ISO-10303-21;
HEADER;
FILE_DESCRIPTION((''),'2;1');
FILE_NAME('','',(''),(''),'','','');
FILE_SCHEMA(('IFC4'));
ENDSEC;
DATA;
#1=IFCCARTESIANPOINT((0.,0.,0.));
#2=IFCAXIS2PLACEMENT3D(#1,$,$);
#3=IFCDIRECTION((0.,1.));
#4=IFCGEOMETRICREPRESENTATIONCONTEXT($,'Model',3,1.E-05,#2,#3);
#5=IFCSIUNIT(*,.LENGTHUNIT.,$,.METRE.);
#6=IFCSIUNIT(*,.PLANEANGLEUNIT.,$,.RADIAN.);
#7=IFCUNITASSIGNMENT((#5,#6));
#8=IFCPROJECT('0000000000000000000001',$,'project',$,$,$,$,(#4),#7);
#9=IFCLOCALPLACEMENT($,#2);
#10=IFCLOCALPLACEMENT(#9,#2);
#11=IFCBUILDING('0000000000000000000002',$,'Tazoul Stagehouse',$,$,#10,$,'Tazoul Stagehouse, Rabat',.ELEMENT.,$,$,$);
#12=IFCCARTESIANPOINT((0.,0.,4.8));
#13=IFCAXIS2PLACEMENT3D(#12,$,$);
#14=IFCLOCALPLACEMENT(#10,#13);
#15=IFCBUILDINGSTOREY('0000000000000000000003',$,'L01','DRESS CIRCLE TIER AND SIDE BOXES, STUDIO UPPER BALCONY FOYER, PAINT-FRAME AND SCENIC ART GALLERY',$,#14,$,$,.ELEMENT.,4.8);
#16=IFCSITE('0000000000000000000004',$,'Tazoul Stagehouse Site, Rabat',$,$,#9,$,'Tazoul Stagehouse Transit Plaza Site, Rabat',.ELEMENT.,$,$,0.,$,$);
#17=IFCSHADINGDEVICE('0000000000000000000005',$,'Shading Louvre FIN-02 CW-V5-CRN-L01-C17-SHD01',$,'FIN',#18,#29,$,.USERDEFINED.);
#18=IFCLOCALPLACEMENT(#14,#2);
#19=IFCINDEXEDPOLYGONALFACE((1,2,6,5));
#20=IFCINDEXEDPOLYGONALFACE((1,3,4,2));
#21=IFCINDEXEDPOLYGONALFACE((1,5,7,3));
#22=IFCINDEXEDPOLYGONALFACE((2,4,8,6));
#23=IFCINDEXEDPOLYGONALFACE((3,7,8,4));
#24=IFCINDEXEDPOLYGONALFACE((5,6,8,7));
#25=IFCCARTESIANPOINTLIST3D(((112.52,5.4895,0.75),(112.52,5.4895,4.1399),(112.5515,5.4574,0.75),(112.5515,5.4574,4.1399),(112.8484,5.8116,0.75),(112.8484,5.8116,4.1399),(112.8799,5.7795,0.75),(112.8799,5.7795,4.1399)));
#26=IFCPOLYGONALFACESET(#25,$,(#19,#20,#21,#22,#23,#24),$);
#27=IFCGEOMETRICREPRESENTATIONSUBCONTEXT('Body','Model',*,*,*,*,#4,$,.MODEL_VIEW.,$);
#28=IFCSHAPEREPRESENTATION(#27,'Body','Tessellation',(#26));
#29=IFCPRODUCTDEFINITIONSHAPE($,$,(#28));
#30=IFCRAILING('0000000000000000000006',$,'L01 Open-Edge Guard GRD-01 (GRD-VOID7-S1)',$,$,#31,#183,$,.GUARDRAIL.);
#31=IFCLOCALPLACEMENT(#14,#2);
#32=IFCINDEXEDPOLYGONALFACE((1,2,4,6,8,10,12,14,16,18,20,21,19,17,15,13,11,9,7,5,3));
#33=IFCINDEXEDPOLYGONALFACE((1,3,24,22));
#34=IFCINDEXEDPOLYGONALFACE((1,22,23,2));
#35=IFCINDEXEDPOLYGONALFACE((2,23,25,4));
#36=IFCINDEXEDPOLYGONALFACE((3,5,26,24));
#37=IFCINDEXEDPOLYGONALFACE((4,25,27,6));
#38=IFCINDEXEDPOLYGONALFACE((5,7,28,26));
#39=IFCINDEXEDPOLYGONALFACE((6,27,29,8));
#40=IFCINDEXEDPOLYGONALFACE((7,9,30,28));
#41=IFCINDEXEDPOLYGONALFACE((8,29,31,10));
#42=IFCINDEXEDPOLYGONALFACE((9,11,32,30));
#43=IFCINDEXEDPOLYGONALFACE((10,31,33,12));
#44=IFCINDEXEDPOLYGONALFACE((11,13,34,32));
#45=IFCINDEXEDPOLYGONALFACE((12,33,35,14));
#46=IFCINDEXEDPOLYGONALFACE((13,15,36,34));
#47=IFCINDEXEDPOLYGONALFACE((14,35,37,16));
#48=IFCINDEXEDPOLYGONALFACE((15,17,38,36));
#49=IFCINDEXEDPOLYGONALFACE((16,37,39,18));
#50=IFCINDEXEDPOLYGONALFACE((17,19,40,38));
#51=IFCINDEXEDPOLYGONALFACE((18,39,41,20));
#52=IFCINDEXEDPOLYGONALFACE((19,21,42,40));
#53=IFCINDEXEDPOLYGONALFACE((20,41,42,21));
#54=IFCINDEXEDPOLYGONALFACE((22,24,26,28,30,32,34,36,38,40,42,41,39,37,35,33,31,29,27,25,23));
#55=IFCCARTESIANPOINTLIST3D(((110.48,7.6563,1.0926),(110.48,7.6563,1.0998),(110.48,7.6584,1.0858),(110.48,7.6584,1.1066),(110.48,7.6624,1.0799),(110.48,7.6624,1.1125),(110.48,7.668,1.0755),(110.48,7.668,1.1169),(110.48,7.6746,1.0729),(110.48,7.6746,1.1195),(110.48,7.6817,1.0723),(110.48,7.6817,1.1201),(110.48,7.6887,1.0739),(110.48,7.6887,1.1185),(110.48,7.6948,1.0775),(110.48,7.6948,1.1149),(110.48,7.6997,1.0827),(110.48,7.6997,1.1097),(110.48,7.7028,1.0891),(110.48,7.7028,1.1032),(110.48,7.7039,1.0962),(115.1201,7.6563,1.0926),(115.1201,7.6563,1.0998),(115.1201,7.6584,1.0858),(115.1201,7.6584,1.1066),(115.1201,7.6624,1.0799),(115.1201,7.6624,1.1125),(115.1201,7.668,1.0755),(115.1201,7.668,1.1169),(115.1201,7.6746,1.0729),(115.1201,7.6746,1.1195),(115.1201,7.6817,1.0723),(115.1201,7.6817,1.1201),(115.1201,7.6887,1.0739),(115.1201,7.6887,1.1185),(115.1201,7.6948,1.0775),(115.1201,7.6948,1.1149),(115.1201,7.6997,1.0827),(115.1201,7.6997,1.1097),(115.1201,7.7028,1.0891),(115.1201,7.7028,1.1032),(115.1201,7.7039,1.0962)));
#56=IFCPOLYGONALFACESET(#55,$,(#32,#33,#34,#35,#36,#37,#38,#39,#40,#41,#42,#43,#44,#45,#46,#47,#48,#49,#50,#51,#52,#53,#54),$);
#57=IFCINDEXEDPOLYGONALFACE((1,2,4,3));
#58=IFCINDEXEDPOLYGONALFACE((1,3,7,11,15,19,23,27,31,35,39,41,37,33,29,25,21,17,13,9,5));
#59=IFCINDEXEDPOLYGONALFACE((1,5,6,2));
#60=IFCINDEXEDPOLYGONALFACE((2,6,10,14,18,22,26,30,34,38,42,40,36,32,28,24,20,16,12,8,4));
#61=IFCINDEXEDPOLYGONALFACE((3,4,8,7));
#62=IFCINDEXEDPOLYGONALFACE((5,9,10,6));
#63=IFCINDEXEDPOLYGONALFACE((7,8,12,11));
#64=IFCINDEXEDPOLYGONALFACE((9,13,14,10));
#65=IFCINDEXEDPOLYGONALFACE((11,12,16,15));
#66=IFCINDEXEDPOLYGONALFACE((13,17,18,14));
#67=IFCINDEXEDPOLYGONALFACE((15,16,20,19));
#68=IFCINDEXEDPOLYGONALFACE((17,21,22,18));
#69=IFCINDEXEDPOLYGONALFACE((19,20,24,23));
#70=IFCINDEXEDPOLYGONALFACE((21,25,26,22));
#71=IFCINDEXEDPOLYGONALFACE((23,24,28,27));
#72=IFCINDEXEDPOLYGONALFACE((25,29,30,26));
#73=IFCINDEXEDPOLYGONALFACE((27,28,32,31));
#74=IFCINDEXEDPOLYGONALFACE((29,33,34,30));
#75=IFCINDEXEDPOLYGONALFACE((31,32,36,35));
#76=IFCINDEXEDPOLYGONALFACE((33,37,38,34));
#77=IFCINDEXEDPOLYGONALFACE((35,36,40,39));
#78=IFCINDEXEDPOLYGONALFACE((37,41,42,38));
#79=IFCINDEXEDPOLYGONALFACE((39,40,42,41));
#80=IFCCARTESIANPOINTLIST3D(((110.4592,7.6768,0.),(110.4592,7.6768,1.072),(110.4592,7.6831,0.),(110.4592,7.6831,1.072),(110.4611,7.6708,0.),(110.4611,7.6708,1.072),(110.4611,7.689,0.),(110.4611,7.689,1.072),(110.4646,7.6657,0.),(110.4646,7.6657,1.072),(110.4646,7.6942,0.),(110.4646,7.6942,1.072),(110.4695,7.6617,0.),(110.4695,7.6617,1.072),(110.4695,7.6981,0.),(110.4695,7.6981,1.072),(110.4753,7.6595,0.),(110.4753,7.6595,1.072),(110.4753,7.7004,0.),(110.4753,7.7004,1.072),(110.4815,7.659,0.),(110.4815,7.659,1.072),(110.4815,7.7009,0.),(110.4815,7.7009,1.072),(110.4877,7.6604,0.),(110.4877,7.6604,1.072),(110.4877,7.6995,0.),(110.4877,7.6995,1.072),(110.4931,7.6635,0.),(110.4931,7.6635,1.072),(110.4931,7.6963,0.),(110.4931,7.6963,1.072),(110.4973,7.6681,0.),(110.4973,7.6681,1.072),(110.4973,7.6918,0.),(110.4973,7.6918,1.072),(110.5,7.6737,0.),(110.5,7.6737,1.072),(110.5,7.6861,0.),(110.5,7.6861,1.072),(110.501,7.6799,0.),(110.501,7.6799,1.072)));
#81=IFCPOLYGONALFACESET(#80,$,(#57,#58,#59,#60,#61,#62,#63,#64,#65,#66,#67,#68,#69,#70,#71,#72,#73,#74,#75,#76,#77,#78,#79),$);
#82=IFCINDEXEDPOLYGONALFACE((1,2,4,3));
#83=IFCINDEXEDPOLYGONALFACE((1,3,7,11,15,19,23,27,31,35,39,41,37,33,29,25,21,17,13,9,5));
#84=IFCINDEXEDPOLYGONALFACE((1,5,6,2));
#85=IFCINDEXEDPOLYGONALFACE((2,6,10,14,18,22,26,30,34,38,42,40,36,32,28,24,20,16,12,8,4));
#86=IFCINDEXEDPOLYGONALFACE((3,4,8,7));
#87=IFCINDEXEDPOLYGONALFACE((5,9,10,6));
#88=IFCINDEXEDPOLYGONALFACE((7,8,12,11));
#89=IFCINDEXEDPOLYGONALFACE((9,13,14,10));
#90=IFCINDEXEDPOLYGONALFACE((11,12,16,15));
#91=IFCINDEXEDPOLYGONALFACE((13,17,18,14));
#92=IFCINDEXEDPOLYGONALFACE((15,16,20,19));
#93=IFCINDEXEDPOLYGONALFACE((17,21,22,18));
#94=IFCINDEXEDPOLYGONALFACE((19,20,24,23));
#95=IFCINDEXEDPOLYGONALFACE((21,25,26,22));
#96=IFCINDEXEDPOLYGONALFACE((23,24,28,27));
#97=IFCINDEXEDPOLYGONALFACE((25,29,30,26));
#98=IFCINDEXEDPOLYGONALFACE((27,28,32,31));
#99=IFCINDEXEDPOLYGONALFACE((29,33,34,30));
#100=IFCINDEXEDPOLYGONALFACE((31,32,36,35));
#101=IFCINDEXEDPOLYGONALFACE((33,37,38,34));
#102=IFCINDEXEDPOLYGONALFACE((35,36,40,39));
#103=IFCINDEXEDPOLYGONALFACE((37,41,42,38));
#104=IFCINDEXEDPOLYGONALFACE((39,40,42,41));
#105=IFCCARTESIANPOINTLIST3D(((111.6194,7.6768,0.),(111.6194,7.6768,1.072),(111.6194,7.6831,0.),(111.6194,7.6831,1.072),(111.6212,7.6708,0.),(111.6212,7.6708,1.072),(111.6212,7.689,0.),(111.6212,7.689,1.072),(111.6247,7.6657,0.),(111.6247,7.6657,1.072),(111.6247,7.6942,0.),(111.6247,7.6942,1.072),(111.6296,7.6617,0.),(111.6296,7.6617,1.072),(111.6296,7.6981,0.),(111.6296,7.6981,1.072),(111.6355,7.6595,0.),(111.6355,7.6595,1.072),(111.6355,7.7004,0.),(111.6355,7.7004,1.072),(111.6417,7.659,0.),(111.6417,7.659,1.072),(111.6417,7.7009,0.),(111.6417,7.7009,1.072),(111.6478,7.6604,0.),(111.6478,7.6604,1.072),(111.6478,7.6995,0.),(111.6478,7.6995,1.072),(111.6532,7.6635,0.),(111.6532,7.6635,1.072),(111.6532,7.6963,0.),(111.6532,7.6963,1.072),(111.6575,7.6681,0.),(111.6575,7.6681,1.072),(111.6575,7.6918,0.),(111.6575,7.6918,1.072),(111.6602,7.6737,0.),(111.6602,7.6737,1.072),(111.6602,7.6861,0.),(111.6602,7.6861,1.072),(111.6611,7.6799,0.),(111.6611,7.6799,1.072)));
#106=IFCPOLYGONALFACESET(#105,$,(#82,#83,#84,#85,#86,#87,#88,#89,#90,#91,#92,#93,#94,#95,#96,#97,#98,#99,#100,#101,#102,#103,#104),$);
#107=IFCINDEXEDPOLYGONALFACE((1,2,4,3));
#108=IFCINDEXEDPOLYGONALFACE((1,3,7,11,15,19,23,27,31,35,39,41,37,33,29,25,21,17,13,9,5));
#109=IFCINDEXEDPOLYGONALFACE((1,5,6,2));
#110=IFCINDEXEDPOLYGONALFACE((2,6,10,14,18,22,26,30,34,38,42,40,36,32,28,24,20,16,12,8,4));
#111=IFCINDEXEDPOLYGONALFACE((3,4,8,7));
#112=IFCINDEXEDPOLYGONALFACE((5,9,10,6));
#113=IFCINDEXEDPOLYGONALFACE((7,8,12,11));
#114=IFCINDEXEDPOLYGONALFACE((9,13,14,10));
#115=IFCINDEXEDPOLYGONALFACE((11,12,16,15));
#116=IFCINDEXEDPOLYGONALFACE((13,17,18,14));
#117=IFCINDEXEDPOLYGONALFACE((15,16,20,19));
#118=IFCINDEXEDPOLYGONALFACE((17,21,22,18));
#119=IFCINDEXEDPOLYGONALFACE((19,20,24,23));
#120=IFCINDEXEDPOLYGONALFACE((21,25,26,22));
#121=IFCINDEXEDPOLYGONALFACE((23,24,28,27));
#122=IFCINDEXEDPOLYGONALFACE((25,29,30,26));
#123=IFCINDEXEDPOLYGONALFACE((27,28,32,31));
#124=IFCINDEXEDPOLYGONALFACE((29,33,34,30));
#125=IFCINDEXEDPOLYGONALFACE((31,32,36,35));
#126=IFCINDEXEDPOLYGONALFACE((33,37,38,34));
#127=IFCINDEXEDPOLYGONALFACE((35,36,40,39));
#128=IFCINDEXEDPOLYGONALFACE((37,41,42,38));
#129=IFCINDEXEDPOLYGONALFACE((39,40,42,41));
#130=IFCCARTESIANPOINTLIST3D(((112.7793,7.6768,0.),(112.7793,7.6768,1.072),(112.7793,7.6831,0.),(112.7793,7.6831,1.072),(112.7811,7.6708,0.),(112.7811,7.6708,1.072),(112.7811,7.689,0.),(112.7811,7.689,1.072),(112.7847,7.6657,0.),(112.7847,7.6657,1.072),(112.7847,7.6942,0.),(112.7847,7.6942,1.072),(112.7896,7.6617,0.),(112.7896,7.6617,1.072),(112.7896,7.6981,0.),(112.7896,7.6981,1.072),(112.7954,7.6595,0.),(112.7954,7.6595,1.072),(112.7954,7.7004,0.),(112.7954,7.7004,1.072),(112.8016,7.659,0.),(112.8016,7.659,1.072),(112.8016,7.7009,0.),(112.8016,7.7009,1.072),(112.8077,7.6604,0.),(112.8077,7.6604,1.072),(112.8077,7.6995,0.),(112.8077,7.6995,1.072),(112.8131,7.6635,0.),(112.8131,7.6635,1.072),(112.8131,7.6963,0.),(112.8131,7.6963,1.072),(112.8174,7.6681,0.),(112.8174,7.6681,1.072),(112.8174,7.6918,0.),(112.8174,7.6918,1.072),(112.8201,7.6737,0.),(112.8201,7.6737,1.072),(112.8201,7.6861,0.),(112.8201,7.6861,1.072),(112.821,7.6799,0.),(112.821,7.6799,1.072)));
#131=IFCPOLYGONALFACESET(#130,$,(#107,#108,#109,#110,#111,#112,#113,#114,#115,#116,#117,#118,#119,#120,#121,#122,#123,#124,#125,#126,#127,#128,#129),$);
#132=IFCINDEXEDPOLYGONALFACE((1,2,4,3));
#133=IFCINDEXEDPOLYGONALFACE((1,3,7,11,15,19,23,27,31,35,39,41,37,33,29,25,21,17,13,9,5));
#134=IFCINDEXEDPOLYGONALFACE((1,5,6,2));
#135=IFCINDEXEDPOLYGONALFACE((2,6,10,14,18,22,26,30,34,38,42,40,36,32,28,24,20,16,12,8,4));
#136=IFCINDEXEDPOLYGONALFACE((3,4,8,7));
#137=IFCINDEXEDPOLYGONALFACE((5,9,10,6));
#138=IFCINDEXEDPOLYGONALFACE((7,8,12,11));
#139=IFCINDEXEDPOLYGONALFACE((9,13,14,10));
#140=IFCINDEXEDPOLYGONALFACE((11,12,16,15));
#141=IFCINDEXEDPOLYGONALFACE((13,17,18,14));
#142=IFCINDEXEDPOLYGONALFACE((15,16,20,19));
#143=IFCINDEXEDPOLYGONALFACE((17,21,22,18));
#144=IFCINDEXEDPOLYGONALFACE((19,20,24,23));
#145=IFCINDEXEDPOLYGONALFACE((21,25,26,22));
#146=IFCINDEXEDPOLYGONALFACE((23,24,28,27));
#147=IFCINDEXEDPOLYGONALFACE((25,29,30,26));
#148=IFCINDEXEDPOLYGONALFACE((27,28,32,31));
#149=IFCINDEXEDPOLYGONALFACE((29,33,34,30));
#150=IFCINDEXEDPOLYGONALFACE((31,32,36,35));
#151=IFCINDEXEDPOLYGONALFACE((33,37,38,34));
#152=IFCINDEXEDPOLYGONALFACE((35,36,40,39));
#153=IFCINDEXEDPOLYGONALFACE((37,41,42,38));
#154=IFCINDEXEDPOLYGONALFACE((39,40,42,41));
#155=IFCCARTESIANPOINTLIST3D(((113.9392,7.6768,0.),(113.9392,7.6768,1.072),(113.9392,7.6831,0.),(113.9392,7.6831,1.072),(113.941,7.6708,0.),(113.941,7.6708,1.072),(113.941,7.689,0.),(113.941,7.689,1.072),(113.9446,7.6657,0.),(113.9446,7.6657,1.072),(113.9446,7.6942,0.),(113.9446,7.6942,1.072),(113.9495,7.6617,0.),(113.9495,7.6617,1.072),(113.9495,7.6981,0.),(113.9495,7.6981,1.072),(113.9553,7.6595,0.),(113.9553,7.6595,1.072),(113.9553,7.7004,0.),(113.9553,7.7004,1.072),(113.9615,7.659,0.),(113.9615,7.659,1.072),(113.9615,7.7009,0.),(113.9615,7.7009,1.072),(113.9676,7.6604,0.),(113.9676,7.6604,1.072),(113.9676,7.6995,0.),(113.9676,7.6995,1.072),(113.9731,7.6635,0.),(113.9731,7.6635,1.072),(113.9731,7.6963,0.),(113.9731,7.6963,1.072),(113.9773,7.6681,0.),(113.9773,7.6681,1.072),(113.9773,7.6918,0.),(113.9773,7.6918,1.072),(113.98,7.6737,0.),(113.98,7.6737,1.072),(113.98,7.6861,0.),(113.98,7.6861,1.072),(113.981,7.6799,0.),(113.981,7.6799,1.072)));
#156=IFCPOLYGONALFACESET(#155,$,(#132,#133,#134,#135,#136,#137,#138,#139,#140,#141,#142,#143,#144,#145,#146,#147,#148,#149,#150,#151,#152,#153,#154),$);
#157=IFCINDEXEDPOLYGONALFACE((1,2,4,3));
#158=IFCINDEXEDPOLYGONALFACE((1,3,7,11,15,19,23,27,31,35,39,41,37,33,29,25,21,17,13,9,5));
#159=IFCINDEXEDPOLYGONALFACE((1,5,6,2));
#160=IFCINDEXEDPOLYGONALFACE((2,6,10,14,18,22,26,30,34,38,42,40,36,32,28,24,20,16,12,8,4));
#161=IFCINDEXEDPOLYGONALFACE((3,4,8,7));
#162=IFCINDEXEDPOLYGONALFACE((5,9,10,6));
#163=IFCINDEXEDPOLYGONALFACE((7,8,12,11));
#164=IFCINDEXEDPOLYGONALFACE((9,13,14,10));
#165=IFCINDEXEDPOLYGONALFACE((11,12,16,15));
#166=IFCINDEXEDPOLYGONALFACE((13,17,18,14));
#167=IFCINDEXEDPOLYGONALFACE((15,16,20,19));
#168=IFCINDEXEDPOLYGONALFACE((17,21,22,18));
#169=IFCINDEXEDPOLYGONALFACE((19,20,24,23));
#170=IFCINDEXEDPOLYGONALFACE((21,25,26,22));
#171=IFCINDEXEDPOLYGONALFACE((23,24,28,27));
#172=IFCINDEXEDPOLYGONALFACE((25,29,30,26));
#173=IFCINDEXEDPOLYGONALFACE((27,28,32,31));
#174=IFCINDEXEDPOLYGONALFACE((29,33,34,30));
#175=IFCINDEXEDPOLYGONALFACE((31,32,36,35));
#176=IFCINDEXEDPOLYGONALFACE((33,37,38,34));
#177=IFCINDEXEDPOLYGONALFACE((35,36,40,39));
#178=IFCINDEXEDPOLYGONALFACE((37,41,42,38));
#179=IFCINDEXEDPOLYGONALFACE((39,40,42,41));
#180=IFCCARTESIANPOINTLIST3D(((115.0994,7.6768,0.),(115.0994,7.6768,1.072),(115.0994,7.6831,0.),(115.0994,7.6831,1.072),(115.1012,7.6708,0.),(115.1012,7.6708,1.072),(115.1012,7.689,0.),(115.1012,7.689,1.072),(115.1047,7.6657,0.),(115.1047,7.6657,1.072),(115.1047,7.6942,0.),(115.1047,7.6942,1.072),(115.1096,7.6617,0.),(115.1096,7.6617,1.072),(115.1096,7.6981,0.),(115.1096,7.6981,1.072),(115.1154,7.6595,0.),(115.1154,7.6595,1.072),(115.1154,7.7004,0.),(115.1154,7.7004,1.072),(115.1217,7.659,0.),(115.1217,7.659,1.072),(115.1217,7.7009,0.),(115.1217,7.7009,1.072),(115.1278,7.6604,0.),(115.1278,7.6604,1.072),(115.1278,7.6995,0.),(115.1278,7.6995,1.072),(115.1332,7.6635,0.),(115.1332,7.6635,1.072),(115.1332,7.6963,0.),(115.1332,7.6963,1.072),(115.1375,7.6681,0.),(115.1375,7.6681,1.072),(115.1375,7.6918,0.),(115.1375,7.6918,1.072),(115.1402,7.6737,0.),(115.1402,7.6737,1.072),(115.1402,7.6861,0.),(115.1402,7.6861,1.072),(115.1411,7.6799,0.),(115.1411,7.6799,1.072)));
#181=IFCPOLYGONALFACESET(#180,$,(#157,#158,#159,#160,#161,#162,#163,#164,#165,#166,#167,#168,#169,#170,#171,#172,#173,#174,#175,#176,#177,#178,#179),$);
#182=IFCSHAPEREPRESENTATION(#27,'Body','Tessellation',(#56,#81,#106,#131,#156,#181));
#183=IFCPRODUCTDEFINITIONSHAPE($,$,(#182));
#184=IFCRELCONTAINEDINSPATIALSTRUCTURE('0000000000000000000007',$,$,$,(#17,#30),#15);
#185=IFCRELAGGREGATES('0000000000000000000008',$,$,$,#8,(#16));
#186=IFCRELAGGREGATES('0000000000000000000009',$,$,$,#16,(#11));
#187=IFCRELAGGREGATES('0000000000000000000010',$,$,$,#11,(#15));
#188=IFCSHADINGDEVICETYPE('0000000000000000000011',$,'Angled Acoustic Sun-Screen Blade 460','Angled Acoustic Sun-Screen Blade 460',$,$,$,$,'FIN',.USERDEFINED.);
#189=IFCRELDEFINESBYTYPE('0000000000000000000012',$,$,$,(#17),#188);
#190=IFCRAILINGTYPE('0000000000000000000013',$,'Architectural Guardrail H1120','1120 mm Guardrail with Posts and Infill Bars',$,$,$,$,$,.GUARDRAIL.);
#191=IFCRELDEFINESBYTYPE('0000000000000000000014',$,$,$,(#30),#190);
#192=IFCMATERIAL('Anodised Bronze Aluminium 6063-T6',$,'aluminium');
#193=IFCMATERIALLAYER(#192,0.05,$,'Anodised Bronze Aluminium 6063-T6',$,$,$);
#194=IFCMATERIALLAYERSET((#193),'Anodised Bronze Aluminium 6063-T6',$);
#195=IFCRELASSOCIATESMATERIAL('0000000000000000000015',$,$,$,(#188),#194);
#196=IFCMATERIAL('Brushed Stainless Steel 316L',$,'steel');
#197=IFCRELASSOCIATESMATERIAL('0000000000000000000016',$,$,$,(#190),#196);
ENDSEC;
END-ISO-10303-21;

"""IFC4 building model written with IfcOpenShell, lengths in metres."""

from ifc_helpers import new_model, si_unit, direction, frame, origin, origin_2d, place, context, subcontext, project, spatial, rectangle, circle, extrude, material, layer, layer_set, material_profile, profile_set, type_object, element, save


model = new_model("IFC4")

# Units and contexts
model_context = context("Model", 3, precision=1e-05, world=origin(), true_north=direction((0.0, 1.0)))
body_context = subcontext(model_context, "Body", "Model", "MODEL_VIEW")
ifc_project = project(units=[si_unit("LENGTHUNIT", "METRE"), si_unit("PLANEANGLEUNIT", "RADIAN")], contexts=[model_context])

# Shared definitions
ifc_material_1 = material(Name="Anodised Bronze Aluminium 6063-T6", Category="aluminium")
site_placement = place(None, origin())
building_placement = place(site_placement, origin())
storey_placement = place(building_placement, frame((0.0, 0.0, 4.8)))

# Site, building, storey
site = spatial("IfcSite", under=ifc_project, at=site_placement, Name="Tazoul Stagehouse Site, Rabat", LongName="Tazoul Stagehouse Transit Plaza Site, Rabat", CompositionType="ELEMENT", RefElevation=0.0)
building = spatial("IfcBuilding", under=site, at=building_placement, Name="Tazoul Stagehouse", LongName="Tazoul Stagehouse, Rabat", CompositionType="ELEMENT")
storey = spatial("IfcBuildingStorey", under=building, at=storey_placement, Name="L01", Description="DRESS CIRCLE TIER AND SIDE BOXES, STUDIO UPPER BALCONY FOYER, PAINT-FRAME AND SCENIC ART GALLERY", CompositionType="ELEMENT", Elevation=4.8)

# Shading device
ifc_layer_1 = layer(ifc_material_1, 0.05, Name="Anodised Bronze Aluminium 6063-T6")
ifc_layer_set_1 = layer_set([ifc_layer_1], Name="Anodised Bronze Aluminium 6063-T6")
shading_device_type = type_object("IfcShadingDeviceType", Name="Angled Acoustic Sun-Screen Blade 460", Description="Angled Acoustic Sun-Screen Blade 460", ElementType="FIN", PredefinedType="USERDEFINED", material=ifc_layer_set_1)
shading_device_placement = place(storey_placement, frame((112.7, 5.6345, 0.75), z_axis=(0.0, 0.0, 1.0), x_axis=(0.700247, -0.713901, 0.0)))
element("IfcShadingDevice", 1, at=shading_device_placement, inside=storey, type_object=shading_device_type, Name="Shading Louvre FIN-02 CW-V5-CRN-L01-C17-SHD01", ObjectType="FIN", PredefinedType="USERDEFINED", context=body_context, shape_type="SweptSolid", body=[
    extrude(rectangle(XDim=0.0449, YDim=0.46, at=origin_2d()), origin(), (0.0, 0.0, 1.0), 3.3899),
])

# Railing
ifc_material_2 = material(Name="Brushed Stainless Steel 316L", Category="steel")
ifc_material_profile_1 = material_profile(ifc_material_2, circle(Radius=0.0239, at=origin_2d()), Name="SS RAIL D48")
ifc_profile_set_1 = profile_set([ifc_material_profile_1], Name="Brushed Stainless Steel 316L")
railing_type = type_object("IfcRailingType", Name="Architectural Guardrail H1120", Description="1120 mm Guardrail with Posts and Infill Bars", PredefinedType="GUARDRAIL", material=ifc_profile_set_1)
railing_placement = place(storey_placement, frame((110.48, 7.6799, 0.0)))
element("IfcRailing", 2, at=railing_placement, inside=storey, type_object=railing_type, Name="L01 Open-Edge Guard GRD-01 (GRD-VOID7-S1)", PredefinedType="GUARDRAIL", context=body_context, shape_type="SweptSolid", body=[
    extrude(circle(Radius=0.0239, at=origin_2d()), frame((0.0, 0.0, 1.0962), z_axis=(1.0, 0.0, 0.0), x_axis=(0.0, 1.0, 0.0)), (0.0, 0.0, 1.0), 4.6401),
    extrude(circle(Radius=0.021, at=origin_2d()), origin(), (0.0, 0.0, 1.0), 1.072),
    extrude(circle(Radius=0.021, at=origin_2d()), frame((1.1602, 0.0, 0.0)), (0.0, 0.0, 1.0), 1.072),
    extrude(circle(Radius=0.021, at=origin_2d()), frame((2.3201, 0.0, 0.0)), (0.0, 0.0, 1.0), 1.072),
    extrude(circle(Radius=0.021, at=origin_2d()), frame((3.48, 0.0, 0.0)), (0.0, 0.0, 1.0), 1.072),
    extrude(circle(Radius=0.021, at=origin_2d()), frame((4.6401, 0.0, 0.0)), (0.0, 0.0, 1.0), 1.072),
])

save(model, "model.ifc")
